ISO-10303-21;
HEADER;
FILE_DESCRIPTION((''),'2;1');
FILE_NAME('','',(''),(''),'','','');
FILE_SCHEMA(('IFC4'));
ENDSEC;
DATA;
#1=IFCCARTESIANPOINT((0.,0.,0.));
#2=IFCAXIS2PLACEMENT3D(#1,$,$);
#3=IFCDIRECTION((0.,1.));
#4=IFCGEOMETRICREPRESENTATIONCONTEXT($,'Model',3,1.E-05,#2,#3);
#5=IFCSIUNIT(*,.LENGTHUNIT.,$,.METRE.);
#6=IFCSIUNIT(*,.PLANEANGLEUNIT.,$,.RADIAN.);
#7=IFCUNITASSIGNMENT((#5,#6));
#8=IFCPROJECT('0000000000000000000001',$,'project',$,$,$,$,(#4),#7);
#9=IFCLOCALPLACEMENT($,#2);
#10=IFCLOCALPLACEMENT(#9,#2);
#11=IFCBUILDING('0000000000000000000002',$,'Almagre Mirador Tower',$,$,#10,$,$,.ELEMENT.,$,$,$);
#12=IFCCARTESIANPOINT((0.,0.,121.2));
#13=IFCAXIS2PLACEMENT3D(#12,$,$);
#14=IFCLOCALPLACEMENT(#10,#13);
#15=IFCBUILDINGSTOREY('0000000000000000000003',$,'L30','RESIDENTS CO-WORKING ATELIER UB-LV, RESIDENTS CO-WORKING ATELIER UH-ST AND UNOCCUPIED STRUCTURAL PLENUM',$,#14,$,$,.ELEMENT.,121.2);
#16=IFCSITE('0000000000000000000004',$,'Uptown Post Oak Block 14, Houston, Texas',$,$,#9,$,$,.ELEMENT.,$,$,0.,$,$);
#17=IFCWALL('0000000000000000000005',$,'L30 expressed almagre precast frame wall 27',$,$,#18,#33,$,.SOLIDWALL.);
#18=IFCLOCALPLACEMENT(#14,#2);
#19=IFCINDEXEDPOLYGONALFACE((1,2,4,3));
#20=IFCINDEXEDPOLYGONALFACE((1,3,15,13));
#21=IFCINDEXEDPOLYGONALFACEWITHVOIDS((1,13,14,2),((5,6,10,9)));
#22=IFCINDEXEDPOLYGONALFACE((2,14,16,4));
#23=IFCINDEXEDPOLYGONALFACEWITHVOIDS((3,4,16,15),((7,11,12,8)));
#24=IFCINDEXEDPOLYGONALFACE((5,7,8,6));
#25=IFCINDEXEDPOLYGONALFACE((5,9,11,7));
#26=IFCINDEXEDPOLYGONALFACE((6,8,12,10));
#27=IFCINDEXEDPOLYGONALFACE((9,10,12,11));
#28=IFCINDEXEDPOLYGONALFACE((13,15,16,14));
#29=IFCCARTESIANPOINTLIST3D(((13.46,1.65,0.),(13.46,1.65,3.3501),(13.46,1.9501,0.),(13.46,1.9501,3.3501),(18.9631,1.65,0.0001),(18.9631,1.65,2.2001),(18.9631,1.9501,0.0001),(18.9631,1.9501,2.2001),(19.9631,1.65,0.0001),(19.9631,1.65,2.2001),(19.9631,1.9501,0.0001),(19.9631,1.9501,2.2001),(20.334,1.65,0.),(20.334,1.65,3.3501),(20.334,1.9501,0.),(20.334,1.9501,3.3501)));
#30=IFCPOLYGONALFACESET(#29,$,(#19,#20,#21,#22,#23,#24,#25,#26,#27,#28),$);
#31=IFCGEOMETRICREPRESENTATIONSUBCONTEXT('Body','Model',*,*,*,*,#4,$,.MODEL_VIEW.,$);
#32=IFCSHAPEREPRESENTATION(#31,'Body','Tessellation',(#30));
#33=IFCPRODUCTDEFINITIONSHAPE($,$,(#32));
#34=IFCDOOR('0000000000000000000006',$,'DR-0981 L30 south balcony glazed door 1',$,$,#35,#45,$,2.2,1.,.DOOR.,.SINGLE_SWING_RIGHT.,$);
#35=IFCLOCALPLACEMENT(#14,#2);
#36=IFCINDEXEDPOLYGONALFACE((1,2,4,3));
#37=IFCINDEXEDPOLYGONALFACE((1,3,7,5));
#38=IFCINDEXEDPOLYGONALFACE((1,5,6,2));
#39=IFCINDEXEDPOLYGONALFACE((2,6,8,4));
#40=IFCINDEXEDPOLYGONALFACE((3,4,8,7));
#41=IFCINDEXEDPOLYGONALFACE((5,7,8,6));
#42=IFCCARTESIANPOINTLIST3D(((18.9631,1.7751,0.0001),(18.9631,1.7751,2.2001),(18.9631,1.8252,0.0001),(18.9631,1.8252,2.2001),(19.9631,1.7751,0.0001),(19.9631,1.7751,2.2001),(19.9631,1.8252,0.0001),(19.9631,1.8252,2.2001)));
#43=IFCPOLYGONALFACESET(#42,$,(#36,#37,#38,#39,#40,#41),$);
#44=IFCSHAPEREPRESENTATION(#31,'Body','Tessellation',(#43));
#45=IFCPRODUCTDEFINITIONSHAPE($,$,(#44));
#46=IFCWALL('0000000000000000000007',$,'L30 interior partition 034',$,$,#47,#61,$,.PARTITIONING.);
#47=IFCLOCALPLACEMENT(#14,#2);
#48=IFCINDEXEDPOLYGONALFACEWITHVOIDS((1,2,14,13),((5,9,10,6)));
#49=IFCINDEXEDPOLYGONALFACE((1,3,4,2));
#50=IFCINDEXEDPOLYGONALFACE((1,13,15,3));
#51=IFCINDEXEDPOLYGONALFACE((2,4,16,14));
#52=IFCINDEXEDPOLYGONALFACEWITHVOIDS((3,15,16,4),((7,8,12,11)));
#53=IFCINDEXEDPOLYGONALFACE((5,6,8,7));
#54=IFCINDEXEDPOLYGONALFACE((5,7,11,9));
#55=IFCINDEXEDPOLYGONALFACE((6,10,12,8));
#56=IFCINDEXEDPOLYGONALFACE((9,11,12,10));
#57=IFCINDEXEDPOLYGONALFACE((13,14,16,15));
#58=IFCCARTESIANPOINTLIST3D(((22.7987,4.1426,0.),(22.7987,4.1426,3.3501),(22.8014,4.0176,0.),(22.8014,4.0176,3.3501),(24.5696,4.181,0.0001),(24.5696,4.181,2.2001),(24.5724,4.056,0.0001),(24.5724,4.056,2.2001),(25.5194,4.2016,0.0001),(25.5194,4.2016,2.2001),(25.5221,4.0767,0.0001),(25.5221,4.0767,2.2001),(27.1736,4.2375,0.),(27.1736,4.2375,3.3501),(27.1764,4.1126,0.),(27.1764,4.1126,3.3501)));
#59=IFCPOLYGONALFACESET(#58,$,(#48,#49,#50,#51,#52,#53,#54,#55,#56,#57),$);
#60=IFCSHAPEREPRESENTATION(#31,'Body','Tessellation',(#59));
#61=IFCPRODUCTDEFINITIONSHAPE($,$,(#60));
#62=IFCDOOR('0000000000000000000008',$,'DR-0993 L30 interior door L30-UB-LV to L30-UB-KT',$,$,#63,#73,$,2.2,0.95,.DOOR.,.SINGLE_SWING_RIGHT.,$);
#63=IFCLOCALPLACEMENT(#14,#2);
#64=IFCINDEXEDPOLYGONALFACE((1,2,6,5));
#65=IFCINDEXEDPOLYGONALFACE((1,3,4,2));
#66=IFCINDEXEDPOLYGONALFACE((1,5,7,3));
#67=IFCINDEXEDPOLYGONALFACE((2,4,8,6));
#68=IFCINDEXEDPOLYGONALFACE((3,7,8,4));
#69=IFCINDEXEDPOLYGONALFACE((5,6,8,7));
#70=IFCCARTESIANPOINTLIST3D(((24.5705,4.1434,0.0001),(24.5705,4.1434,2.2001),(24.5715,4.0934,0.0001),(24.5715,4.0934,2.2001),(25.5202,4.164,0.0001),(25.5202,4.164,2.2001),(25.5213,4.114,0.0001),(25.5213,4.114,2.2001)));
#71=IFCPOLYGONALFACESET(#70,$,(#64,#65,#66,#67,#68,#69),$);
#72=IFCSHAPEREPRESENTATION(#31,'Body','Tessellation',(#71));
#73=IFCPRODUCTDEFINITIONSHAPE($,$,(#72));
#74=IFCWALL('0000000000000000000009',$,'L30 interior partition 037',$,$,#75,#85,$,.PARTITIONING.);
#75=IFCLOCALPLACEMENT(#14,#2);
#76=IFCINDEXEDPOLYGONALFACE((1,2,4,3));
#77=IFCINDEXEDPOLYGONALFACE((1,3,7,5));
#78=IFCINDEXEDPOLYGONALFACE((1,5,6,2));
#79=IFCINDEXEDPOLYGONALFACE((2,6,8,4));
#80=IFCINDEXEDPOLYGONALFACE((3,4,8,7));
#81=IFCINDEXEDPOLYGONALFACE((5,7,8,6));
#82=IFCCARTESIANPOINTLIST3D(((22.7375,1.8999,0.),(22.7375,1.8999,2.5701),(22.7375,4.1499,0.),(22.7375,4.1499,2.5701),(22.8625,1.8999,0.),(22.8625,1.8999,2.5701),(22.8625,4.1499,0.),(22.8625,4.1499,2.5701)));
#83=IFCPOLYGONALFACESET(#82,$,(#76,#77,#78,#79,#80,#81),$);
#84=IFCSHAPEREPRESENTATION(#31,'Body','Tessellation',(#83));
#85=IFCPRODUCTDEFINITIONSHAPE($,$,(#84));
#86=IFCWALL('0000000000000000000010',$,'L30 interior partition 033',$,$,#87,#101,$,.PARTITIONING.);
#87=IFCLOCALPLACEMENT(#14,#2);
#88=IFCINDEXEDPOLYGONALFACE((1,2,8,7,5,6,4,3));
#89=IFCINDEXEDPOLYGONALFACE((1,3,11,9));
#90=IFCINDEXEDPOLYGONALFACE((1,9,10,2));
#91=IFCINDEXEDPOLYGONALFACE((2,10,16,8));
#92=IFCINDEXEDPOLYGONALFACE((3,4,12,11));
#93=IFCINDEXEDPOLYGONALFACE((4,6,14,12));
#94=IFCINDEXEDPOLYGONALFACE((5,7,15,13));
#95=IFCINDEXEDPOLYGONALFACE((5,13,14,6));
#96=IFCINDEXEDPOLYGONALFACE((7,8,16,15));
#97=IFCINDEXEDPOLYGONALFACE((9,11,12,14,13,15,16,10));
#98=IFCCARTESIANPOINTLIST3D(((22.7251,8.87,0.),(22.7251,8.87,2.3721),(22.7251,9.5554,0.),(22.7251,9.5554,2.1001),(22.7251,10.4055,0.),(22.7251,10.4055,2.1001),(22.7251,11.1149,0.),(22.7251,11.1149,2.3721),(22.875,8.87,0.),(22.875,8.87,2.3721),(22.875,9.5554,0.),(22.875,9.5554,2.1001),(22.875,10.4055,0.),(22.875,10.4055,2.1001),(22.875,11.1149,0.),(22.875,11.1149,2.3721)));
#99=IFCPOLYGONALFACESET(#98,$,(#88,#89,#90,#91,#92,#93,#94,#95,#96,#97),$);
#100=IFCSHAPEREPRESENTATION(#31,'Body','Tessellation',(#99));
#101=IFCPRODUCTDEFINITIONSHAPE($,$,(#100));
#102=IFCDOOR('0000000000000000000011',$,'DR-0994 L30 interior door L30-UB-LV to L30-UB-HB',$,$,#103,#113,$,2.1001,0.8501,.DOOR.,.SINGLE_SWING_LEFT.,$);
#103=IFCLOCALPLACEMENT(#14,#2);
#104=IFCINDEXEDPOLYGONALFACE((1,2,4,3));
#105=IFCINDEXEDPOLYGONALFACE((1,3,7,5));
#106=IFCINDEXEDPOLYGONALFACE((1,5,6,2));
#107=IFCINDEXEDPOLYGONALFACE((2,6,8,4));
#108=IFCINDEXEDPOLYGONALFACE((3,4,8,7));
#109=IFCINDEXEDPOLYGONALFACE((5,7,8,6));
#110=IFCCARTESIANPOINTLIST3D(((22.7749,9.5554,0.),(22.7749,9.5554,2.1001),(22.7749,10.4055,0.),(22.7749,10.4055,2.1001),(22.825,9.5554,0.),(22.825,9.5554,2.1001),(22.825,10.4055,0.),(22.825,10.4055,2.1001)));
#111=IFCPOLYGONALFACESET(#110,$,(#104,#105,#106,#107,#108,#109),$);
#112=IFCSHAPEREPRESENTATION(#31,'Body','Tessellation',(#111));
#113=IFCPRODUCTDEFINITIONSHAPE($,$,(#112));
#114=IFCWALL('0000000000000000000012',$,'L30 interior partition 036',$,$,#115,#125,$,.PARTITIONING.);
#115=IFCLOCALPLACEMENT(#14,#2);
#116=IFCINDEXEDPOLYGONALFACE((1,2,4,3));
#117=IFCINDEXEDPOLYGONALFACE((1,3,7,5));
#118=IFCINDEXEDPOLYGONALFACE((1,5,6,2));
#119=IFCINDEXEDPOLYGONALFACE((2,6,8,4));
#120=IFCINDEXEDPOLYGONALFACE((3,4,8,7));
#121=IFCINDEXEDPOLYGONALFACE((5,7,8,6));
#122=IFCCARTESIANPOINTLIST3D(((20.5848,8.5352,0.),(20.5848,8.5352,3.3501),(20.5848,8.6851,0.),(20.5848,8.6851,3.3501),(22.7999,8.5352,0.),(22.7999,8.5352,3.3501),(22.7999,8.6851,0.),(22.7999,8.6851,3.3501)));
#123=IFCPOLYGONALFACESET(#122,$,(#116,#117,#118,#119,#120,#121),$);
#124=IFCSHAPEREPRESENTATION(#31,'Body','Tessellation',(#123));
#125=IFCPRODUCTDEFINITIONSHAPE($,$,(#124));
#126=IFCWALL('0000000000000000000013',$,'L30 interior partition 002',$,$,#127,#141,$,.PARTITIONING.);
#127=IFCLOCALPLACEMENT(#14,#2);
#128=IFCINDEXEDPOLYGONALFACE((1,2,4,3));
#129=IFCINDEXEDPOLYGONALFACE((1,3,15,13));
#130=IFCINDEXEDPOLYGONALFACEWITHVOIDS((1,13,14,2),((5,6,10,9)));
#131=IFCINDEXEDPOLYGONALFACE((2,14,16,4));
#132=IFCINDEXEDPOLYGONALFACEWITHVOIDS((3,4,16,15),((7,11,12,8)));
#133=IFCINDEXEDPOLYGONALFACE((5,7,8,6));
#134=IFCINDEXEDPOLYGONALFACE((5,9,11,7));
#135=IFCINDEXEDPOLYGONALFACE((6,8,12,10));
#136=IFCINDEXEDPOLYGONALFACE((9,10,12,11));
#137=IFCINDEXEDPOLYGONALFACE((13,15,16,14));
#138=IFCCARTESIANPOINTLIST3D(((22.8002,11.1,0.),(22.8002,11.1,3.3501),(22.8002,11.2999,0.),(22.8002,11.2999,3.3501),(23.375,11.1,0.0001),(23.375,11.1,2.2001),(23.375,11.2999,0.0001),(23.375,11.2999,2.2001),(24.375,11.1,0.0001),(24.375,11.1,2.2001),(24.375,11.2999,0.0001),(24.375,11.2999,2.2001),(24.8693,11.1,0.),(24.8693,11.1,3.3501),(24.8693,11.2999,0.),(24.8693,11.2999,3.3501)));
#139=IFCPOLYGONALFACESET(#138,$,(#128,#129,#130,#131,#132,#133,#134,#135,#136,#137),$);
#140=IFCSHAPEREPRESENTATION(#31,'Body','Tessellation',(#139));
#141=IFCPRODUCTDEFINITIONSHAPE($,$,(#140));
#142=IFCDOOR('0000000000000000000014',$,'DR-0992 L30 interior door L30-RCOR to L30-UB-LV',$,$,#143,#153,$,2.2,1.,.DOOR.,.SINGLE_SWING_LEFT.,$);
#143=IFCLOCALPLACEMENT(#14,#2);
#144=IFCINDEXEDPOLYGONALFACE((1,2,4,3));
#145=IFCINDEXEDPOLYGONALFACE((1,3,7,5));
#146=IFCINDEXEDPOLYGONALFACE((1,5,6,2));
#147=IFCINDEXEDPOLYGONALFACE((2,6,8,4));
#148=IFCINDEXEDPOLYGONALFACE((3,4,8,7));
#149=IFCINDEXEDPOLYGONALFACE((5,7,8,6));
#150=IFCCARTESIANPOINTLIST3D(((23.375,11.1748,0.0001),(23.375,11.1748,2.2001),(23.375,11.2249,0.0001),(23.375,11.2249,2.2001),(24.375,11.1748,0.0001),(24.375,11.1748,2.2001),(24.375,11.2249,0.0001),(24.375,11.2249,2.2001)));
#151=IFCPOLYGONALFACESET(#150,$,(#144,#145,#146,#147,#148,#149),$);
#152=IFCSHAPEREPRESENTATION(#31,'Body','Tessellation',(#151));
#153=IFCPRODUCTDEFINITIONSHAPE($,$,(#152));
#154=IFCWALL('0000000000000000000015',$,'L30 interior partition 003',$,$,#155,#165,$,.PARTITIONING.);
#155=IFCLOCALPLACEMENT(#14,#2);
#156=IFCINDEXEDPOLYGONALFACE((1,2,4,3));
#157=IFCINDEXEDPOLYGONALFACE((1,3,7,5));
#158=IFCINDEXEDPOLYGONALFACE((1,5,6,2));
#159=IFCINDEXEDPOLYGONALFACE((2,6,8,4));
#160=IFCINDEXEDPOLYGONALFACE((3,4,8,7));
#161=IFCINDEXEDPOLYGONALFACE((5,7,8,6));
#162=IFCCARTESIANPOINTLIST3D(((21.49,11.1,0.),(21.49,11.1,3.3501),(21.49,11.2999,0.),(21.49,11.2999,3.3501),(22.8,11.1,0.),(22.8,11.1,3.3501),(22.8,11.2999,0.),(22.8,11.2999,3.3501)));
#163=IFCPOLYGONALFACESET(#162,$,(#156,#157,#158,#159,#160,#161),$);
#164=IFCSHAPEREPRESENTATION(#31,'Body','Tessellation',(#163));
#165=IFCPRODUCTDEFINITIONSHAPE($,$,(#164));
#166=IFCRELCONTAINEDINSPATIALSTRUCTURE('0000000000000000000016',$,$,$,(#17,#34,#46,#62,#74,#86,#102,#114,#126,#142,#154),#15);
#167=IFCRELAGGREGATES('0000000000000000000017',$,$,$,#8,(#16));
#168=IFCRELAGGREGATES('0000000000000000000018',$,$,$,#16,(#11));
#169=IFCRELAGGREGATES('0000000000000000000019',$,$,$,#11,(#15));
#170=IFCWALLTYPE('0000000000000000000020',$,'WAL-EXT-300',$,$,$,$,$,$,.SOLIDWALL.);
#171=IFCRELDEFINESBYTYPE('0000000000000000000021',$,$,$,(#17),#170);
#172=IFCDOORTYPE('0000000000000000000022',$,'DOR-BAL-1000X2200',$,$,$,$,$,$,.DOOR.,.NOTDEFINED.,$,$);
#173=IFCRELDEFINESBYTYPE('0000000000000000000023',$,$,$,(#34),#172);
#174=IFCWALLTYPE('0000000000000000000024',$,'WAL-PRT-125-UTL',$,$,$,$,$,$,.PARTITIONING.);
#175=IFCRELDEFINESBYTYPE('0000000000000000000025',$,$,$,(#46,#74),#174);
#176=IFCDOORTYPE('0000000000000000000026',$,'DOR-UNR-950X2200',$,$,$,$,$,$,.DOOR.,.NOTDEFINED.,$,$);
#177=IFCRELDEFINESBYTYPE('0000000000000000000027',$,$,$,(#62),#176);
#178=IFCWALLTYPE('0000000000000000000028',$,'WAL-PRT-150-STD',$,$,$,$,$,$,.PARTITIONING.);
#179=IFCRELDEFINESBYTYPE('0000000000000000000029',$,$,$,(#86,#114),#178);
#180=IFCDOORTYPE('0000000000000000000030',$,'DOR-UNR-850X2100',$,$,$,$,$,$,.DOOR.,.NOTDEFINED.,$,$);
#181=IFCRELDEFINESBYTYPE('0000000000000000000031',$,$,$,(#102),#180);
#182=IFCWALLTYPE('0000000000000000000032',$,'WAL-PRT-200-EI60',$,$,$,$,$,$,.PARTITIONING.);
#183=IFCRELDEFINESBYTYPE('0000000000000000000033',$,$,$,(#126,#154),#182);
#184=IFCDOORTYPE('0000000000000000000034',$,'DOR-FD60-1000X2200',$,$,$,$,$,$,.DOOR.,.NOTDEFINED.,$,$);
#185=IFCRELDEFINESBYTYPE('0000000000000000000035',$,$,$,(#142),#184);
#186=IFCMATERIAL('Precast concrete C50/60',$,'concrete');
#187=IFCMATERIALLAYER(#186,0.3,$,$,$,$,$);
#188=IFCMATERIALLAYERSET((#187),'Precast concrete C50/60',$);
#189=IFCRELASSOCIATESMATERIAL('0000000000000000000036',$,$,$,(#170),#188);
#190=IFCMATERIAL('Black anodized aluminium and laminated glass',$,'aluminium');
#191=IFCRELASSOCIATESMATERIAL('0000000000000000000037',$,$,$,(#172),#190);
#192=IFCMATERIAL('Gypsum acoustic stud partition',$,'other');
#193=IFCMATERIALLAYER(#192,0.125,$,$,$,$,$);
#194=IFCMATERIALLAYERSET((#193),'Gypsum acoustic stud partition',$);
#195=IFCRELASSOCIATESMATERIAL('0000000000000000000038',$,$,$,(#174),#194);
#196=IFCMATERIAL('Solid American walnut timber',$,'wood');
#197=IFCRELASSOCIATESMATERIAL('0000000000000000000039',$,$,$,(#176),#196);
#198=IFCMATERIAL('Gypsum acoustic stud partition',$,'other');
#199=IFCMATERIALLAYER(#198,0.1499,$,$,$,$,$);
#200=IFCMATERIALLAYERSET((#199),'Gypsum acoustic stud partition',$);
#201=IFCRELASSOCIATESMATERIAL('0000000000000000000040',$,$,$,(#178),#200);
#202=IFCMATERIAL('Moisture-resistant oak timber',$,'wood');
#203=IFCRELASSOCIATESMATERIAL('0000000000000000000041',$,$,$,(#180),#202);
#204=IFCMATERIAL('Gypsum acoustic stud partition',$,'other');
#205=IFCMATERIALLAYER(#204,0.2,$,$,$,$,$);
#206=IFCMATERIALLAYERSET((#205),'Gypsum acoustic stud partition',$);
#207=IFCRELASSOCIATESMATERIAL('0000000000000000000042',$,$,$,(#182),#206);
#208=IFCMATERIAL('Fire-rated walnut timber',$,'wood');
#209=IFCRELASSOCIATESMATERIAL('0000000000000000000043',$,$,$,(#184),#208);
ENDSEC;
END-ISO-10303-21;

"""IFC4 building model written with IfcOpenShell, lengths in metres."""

from ifc_helpers import new_model, si_unit, direction, frame, frame_2d, origin, place, context, subcontext, project, spatial, rectangle, extrude, material, layer, layer_set, type_object, element, fill, save


model = new_model("IFC4")

# Units and contexts
model_context = context("Model", 3, precision=1e-05, world=origin(), true_north=direction((0.0, 1.0)))
body_context = subcontext(model_context, "Body", "Model", "MODEL_VIEW")
ifc_project = project(units=[si_unit("LENGTHUNIT", "METRE"), si_unit("PLANEANGLEUNIT", "RADIAN")], contexts=[model_context])

# Site, building, storey
site_placement = place(None, origin())
site = spatial("IfcSite", under=ifc_project, at=site_placement, Name="Uptown Post Oak Block 14, Houston, Texas", CompositionType="ELEMENT", RefElevation=0.0)
building_placement = place(site_placement, origin())
building = spatial("IfcBuilding", under=site, at=building_placement, Name="Almagre Mirador Tower", CompositionType="ELEMENT")
storey_placement = place(building_placement, frame((0.0, 0.0, 121.2)))
storey = spatial("IfcBuildingStorey", under=building, at=storey_placement, Name="L30", Description="RESIDENTS CO-WORKING ATELIER UB-LV, RESIDENTS CO-WORKING ATELIER UH-ST AND UNOCCUPIED STRUCTURAL PLENUM", CompositionType="ELEMENT", Elevation=121.2)

# Walls, openings, doors
ifc_material_1 = material(Name="Precast concrete C50/60", Category="concrete")
ifc_layer_1 = layer(ifc_material_1, 0.3)
ifc_layer_set_1 = layer_set([ifc_layer_1], Name="Precast concrete C50/60")
wall_type_1 = type_object("IfcWallType", Name="WAL-EXT-300", PredefinedType="SOLIDWALL", material=ifc_layer_set_1)
wall_1_placement = place(storey_placement, frame((20.334, 1.8, 0.0), z_axis=(0.0, 0.0, 1.0), x_axis=(-1.0, 0.0, 0.0)))
wall_1 = element("IfcWall", 1, at=wall_1_placement, inside=storey, type_object=wall_type_1, Name="L30 expressed almagre precast frame wall 27", PredefinedType="SOLIDWALL", context=body_context, shape_type="SweptSolid", body=[
    extrude(rectangle(XDim=6.874, YDim=0.3, at=frame_2d((3.437, 0.0))), origin(), (0.0, 0.0, 1.0), 3.3501),
])
opening_1_placement = place(wall_1_placement, frame((0.3708, 0.0, 0.0)))
opening_1 = element("IfcOpeningElement", 2, at=opening_1_placement, cuts=wall_1, PredefinedType="OPENING", context=body_context, shape_type="SweptSolid", body=[
    extrude(rectangle(XDim=1.0, YDim=2.2, at=frame_2d((0.5, 1.1001))), frame((0.0, 0.1599, 0.0), z_axis=(0.0, -1.0, 0.0), x_axis=(1.0, 0.0, 0.0)), (0.0, 0.0, 1.0), 0.32),
])
ifc_material_2 = material(Name="Black anodized aluminium and laminated glass", Category="aluminium")
door_type_1 = type_object("IfcDoorType", Name="DOR-BAL-1000X2200", OperationType="NOTDEFINED", PredefinedType="DOOR", material=ifc_material_2)
door_1_placement = place(opening_1_placement, origin())
door_1 = element("IfcDoor", 3, at=door_1_placement, inside=storey, type_object=door_type_1, Name="DR-0981 L30 south balcony glazed door 1", OperationType="SINGLE_SWING_RIGHT", OverallHeight=2.2, OverallWidth=1.0, PredefinedType="DOOR", context=body_context, shape_type="SweptSolid", body=[
    extrude(rectangle(XDim=1.0, YDim=2.2, at=frame_2d((0.5, 1.1001))), frame((0.0, 0.0249, 0.0), z_axis=(0.0, -1.0, 0.0), x_axis=(1.0, 0.0, 0.0)), (0.0, 0.0, 1.0), 0.05),
])
fill(opening_1, door_1)
ifc_material_3 = material(Name="Gypsum acoustic stud partition", Category="other")
ifc_layer_2 = layer(ifc_material_3, 0.125)
ifc_layer_set_2 = layer_set([ifc_layer_2], Name="Gypsum acoustic stud partition")
wall_type_2 = type_object("IfcWallType", Name="WAL-PRT-125-UTL", PredefinedType="PARTITIONING", material=ifc_layer_set_2)
wall_2_placement = place(storey_placement, frame((22.8, 4.0801, 0.0), z_axis=(0.0, 0.0, 1.0), x_axis=(0.999764, 0.021702, 0.0)))
wall_2 = element("IfcWall", 4, at=wall_2_placement, inside=storey, type_object=wall_type_2, Name="L30 interior partition 034", PredefinedType="PARTITIONING", context=body_context, shape_type="SweptSolid", body=[
    extrude(rectangle(XDim=4.376, YDim=0.125, at=frame_2d((2.188, 0.0))), origin(), (0.0, 0.0, 1.0), 3.3501),
])
opening_2_placement = place(wall_2_placement, frame((1.7712, 0.0, 0.0)))
opening_2 = element("IfcOpeningElement", 5, at=opening_2_placement, cuts=wall_2, PredefinedType="OPENING", context=body_context, shape_type="SweptSolid", body=[
    extrude(rectangle(XDim=0.95, YDim=2.2, at=frame_2d((0.4751, 1.1001))), frame((0.0, 0.0725, 0.0), z_axis=(0.0, -1.0, 0.0), x_axis=(1.0, 0.0, 0.0)), (0.0, 0.0, 1.0), 0.145),
])
ifc_material_4 = material(Name="Solid American walnut timber", Category="wood")
door_type_2 = type_object("IfcDoorType", Name="DOR-UNR-950X2200", OperationType="NOTDEFINED", PredefinedType="DOOR", material=ifc_material_4)
door_2_placement = place(opening_2_placement, origin())
door_2 = element("IfcDoor", 6, at=door_2_placement, inside=storey, type_object=door_type_2, Name="DR-0993 L30 interior door L30-UB-LV to L30-UB-KT", OperationType="SINGLE_SWING_RIGHT", OverallHeight=2.2, OverallWidth=0.95, PredefinedType="DOOR", context=body_context, shape_type="SweptSolid", body=[
    extrude(rectangle(XDim=0.95, YDim=2.2, at=frame_2d((0.4751, 1.1001))), frame((0.0, 0.0249, 0.0), z_axis=(0.0, -1.0, 0.0), x_axis=(1.0, 0.0, 0.0)), (0.0, 0.0, 1.0), 0.05),
])
fill(opening_2, door_2)

# Wall
wall_3_placement = place(storey_placement, frame((22.8, 4.1499, 0.0), z_axis=(0.0, 0.0, 1.0), x_axis=(0.0, -1.0, 0.0)))
element("IfcWall", 7, at=wall_3_placement, inside=storey, type_object=wall_type_2, Name="L30 interior partition 037", PredefinedType="PARTITIONING", context=body_context, shape_type="SweptSolid", body=[
    extrude(rectangle(XDim=2.25, YDim=0.125, at=frame_2d((1.125, 0.0))), origin(), (0.0, 0.0, 1.0), 2.5701),
])

# Wall, opening, door
ifc_material_5 = material(Name="Gypsum acoustic stud partition", Category="other")
ifc_layer_3 = layer(ifc_material_5, 0.1499)
ifc_layer_set_3 = layer_set([ifc_layer_3], Name="Gypsum acoustic stud partition")
wall_type_3 = type_object("IfcWallType", Name="WAL-PRT-150-STD", PredefinedType="PARTITIONING", material=ifc_layer_set_3)
wall_4_placement = place(storey_placement, frame((22.8, 11.115, 0.0), z_axis=(0.0, 0.0, 1.0), x_axis=(0.0, -1.0, 0.0)))
wall_4 = element("IfcWall", 8, at=wall_4_placement, inside=storey, type_object=wall_type_3, Name="L30 interior partition 033", PredefinedType="PARTITIONING", context=body_context, shape_type="SweptSolid", body=[
    extrude(rectangle(XDim=2.2449, YDim=0.1499, at=frame_2d((1.1226, 0.0))), origin(), (0.0, 0.0, 1.0), 2.3721),
])
opening_3_placement = place(wall_4_placement, frame((0.7095, 0.0, 0.0)))
opening_3 = element("IfcOpeningElement", 9, at=opening_3_placement, cuts=wall_4, PredefinedType="OPENING", context=body_context, shape_type="SweptSolid", body=[
    extrude(rectangle(XDim=0.8501, YDim=2.1001, at=frame_2d((0.425, 1.05))), frame((0.0, 0.085, 0.0), z_axis=(0.0, -1.0, 0.0), x_axis=(1.0, 0.0, 0.0)), (0.0, 0.0, 1.0), 0.1699),
])
ifc_material_6 = material(Name="Moisture-resistant oak timber", Category="wood")
door_type_3 = type_object("IfcDoorType", Name="DOR-UNR-850X2100", OperationType="NOTDEFINED", PredefinedType="DOOR", material=ifc_material_6)
door_3_placement = place(opening_3_placement, origin())
door_3 = element("IfcDoor", 10, at=door_3_placement, inside=storey, type_object=door_type_3, Name="DR-0994 L30 interior door L30-UB-LV to L30-UB-HB", OperationType="SINGLE_SWING_LEFT", OverallHeight=2.1001, OverallWidth=0.8501, PredefinedType="DOOR", context=body_context, shape_type="SweptSolid", body=[
    extrude(rectangle(XDim=0.8501, YDim=2.1001, at=frame_2d((0.425, 1.05))), frame((0.0, 0.0249, 0.0), z_axis=(0.0, -1.0, 0.0), x_axis=(1.0, 0.0, 0.0)), (0.0, 0.0, 1.0), 0.05),
])
fill(opening_3, door_3)

# Wall
wall_5_placement = place(storey_placement, frame((20.585, 8.6101, 0.0), z_axis=(0.0, 0.0, 1.0), x_axis=(1.0, 0.0, 0.0)))
element("IfcWall", 11, at=wall_5_placement, inside=storey, type_object=wall_type_3, Name="L30 interior partition 036", PredefinedType="PARTITIONING", context=body_context, shape_type="SweptSolid", body=[
    extrude(rectangle(XDim=2.2151, YDim=0.1499, at=frame_2d((1.1074, 0.0))), origin(), (0.0, 0.0, 1.0), 3.3501),
])

# Wall, opening, door
ifc_material_7 = material(Name="Gypsum acoustic stud partition", Category="other")
ifc_layer_4 = layer(ifc_material_7, 0.2)
ifc_layer_set_4 = layer_set([ifc_layer_4], Name="Gypsum acoustic stud partition")
wall_type_4 = type_object("IfcWallType", Name="WAL-PRT-200-EI60", PredefinedType="PARTITIONING", material=ifc_layer_set_4)
wall_6_placement = place(storey_placement, frame((22.8, 11.2, 0.0), z_axis=(0.0, 0.0, 1.0), x_axis=(1.0, 0.0, 0.0)))
wall_6 = element("IfcWall", 12, at=wall_6_placement, inside=storey, type_object=wall_type_4, Name="L30 interior partition 002", PredefinedType="PARTITIONING", context=body_context, shape_type="SweptSolid", body=[
    extrude(rectangle(XDim=2.0691, YDim=0.2, at=frame_2d((1.0347, 0.0))), origin(), (0.0, 0.0, 1.0), 3.3501),
])
opening_4_placement = place(wall_6_placement, frame((0.575, 0.0, 0.0)))
opening_4 = element("IfcOpeningElement", 13, at=opening_4_placement, cuts=wall_6, PredefinedType="OPENING", context=body_context, shape_type="SweptSolid", body=[
    extrude(rectangle(XDim=1.0, YDim=2.2, at=frame_2d((0.5, 1.1001))), frame((0.0, 0.1101, 0.0), z_axis=(0.0, -1.0, 0.0), x_axis=(1.0, 0.0, 0.0)), (0.0, 0.0, 1.0), 0.22),
])
ifc_material_8 = material(Name="Fire-rated walnut timber", Category="wood")
door_type_4 = type_object("IfcDoorType", Name="DOR-FD60-1000X2200", OperationType="NOTDEFINED", PredefinedType="DOOR", material=ifc_material_8)
door_4_placement = place(opening_4_placement, origin())
door_4 = element("IfcDoor", 14, at=door_4_placement, inside=storey, type_object=door_type_4, Name="DR-0992 L30 interior door L30-RCOR to L30-UB-LV", OperationType="SINGLE_SWING_LEFT", OverallHeight=2.2, OverallWidth=1.0, PredefinedType="DOOR", context=body_context, shape_type="SweptSolid", body=[
    extrude(rectangle(XDim=1.0, YDim=2.2, at=frame_2d((0.5, 1.1001))), frame((0.0, 0.0249, 0.0), z_axis=(0.0, -1.0, 0.0), x_axis=(1.0, 0.0, 0.0)), (0.0, 0.0, 1.0), 0.05),
])
fill(opening_4, door_4)

# Wall
wall_7_placement = place(storey_placement, frame((21.49, 11.2, 0.0), z_axis=(0.0, 0.0, 1.0), x_axis=(1.0, 0.0, 0.0)))
element("IfcWall", 15, at=wall_7_placement, inside=storey, type_object=wall_type_4, Name="L30 interior partition 003", PredefinedType="PARTITIONING", context=body_context, shape_type="SweptSolid", body=[
    extrude(rectangle(XDim=1.3101, YDim=0.2, at=frame_2d((0.655, 0.0))), origin(), (0.0, 0.0, 1.0), 3.3501),
])

save(model, "model.ifc")
